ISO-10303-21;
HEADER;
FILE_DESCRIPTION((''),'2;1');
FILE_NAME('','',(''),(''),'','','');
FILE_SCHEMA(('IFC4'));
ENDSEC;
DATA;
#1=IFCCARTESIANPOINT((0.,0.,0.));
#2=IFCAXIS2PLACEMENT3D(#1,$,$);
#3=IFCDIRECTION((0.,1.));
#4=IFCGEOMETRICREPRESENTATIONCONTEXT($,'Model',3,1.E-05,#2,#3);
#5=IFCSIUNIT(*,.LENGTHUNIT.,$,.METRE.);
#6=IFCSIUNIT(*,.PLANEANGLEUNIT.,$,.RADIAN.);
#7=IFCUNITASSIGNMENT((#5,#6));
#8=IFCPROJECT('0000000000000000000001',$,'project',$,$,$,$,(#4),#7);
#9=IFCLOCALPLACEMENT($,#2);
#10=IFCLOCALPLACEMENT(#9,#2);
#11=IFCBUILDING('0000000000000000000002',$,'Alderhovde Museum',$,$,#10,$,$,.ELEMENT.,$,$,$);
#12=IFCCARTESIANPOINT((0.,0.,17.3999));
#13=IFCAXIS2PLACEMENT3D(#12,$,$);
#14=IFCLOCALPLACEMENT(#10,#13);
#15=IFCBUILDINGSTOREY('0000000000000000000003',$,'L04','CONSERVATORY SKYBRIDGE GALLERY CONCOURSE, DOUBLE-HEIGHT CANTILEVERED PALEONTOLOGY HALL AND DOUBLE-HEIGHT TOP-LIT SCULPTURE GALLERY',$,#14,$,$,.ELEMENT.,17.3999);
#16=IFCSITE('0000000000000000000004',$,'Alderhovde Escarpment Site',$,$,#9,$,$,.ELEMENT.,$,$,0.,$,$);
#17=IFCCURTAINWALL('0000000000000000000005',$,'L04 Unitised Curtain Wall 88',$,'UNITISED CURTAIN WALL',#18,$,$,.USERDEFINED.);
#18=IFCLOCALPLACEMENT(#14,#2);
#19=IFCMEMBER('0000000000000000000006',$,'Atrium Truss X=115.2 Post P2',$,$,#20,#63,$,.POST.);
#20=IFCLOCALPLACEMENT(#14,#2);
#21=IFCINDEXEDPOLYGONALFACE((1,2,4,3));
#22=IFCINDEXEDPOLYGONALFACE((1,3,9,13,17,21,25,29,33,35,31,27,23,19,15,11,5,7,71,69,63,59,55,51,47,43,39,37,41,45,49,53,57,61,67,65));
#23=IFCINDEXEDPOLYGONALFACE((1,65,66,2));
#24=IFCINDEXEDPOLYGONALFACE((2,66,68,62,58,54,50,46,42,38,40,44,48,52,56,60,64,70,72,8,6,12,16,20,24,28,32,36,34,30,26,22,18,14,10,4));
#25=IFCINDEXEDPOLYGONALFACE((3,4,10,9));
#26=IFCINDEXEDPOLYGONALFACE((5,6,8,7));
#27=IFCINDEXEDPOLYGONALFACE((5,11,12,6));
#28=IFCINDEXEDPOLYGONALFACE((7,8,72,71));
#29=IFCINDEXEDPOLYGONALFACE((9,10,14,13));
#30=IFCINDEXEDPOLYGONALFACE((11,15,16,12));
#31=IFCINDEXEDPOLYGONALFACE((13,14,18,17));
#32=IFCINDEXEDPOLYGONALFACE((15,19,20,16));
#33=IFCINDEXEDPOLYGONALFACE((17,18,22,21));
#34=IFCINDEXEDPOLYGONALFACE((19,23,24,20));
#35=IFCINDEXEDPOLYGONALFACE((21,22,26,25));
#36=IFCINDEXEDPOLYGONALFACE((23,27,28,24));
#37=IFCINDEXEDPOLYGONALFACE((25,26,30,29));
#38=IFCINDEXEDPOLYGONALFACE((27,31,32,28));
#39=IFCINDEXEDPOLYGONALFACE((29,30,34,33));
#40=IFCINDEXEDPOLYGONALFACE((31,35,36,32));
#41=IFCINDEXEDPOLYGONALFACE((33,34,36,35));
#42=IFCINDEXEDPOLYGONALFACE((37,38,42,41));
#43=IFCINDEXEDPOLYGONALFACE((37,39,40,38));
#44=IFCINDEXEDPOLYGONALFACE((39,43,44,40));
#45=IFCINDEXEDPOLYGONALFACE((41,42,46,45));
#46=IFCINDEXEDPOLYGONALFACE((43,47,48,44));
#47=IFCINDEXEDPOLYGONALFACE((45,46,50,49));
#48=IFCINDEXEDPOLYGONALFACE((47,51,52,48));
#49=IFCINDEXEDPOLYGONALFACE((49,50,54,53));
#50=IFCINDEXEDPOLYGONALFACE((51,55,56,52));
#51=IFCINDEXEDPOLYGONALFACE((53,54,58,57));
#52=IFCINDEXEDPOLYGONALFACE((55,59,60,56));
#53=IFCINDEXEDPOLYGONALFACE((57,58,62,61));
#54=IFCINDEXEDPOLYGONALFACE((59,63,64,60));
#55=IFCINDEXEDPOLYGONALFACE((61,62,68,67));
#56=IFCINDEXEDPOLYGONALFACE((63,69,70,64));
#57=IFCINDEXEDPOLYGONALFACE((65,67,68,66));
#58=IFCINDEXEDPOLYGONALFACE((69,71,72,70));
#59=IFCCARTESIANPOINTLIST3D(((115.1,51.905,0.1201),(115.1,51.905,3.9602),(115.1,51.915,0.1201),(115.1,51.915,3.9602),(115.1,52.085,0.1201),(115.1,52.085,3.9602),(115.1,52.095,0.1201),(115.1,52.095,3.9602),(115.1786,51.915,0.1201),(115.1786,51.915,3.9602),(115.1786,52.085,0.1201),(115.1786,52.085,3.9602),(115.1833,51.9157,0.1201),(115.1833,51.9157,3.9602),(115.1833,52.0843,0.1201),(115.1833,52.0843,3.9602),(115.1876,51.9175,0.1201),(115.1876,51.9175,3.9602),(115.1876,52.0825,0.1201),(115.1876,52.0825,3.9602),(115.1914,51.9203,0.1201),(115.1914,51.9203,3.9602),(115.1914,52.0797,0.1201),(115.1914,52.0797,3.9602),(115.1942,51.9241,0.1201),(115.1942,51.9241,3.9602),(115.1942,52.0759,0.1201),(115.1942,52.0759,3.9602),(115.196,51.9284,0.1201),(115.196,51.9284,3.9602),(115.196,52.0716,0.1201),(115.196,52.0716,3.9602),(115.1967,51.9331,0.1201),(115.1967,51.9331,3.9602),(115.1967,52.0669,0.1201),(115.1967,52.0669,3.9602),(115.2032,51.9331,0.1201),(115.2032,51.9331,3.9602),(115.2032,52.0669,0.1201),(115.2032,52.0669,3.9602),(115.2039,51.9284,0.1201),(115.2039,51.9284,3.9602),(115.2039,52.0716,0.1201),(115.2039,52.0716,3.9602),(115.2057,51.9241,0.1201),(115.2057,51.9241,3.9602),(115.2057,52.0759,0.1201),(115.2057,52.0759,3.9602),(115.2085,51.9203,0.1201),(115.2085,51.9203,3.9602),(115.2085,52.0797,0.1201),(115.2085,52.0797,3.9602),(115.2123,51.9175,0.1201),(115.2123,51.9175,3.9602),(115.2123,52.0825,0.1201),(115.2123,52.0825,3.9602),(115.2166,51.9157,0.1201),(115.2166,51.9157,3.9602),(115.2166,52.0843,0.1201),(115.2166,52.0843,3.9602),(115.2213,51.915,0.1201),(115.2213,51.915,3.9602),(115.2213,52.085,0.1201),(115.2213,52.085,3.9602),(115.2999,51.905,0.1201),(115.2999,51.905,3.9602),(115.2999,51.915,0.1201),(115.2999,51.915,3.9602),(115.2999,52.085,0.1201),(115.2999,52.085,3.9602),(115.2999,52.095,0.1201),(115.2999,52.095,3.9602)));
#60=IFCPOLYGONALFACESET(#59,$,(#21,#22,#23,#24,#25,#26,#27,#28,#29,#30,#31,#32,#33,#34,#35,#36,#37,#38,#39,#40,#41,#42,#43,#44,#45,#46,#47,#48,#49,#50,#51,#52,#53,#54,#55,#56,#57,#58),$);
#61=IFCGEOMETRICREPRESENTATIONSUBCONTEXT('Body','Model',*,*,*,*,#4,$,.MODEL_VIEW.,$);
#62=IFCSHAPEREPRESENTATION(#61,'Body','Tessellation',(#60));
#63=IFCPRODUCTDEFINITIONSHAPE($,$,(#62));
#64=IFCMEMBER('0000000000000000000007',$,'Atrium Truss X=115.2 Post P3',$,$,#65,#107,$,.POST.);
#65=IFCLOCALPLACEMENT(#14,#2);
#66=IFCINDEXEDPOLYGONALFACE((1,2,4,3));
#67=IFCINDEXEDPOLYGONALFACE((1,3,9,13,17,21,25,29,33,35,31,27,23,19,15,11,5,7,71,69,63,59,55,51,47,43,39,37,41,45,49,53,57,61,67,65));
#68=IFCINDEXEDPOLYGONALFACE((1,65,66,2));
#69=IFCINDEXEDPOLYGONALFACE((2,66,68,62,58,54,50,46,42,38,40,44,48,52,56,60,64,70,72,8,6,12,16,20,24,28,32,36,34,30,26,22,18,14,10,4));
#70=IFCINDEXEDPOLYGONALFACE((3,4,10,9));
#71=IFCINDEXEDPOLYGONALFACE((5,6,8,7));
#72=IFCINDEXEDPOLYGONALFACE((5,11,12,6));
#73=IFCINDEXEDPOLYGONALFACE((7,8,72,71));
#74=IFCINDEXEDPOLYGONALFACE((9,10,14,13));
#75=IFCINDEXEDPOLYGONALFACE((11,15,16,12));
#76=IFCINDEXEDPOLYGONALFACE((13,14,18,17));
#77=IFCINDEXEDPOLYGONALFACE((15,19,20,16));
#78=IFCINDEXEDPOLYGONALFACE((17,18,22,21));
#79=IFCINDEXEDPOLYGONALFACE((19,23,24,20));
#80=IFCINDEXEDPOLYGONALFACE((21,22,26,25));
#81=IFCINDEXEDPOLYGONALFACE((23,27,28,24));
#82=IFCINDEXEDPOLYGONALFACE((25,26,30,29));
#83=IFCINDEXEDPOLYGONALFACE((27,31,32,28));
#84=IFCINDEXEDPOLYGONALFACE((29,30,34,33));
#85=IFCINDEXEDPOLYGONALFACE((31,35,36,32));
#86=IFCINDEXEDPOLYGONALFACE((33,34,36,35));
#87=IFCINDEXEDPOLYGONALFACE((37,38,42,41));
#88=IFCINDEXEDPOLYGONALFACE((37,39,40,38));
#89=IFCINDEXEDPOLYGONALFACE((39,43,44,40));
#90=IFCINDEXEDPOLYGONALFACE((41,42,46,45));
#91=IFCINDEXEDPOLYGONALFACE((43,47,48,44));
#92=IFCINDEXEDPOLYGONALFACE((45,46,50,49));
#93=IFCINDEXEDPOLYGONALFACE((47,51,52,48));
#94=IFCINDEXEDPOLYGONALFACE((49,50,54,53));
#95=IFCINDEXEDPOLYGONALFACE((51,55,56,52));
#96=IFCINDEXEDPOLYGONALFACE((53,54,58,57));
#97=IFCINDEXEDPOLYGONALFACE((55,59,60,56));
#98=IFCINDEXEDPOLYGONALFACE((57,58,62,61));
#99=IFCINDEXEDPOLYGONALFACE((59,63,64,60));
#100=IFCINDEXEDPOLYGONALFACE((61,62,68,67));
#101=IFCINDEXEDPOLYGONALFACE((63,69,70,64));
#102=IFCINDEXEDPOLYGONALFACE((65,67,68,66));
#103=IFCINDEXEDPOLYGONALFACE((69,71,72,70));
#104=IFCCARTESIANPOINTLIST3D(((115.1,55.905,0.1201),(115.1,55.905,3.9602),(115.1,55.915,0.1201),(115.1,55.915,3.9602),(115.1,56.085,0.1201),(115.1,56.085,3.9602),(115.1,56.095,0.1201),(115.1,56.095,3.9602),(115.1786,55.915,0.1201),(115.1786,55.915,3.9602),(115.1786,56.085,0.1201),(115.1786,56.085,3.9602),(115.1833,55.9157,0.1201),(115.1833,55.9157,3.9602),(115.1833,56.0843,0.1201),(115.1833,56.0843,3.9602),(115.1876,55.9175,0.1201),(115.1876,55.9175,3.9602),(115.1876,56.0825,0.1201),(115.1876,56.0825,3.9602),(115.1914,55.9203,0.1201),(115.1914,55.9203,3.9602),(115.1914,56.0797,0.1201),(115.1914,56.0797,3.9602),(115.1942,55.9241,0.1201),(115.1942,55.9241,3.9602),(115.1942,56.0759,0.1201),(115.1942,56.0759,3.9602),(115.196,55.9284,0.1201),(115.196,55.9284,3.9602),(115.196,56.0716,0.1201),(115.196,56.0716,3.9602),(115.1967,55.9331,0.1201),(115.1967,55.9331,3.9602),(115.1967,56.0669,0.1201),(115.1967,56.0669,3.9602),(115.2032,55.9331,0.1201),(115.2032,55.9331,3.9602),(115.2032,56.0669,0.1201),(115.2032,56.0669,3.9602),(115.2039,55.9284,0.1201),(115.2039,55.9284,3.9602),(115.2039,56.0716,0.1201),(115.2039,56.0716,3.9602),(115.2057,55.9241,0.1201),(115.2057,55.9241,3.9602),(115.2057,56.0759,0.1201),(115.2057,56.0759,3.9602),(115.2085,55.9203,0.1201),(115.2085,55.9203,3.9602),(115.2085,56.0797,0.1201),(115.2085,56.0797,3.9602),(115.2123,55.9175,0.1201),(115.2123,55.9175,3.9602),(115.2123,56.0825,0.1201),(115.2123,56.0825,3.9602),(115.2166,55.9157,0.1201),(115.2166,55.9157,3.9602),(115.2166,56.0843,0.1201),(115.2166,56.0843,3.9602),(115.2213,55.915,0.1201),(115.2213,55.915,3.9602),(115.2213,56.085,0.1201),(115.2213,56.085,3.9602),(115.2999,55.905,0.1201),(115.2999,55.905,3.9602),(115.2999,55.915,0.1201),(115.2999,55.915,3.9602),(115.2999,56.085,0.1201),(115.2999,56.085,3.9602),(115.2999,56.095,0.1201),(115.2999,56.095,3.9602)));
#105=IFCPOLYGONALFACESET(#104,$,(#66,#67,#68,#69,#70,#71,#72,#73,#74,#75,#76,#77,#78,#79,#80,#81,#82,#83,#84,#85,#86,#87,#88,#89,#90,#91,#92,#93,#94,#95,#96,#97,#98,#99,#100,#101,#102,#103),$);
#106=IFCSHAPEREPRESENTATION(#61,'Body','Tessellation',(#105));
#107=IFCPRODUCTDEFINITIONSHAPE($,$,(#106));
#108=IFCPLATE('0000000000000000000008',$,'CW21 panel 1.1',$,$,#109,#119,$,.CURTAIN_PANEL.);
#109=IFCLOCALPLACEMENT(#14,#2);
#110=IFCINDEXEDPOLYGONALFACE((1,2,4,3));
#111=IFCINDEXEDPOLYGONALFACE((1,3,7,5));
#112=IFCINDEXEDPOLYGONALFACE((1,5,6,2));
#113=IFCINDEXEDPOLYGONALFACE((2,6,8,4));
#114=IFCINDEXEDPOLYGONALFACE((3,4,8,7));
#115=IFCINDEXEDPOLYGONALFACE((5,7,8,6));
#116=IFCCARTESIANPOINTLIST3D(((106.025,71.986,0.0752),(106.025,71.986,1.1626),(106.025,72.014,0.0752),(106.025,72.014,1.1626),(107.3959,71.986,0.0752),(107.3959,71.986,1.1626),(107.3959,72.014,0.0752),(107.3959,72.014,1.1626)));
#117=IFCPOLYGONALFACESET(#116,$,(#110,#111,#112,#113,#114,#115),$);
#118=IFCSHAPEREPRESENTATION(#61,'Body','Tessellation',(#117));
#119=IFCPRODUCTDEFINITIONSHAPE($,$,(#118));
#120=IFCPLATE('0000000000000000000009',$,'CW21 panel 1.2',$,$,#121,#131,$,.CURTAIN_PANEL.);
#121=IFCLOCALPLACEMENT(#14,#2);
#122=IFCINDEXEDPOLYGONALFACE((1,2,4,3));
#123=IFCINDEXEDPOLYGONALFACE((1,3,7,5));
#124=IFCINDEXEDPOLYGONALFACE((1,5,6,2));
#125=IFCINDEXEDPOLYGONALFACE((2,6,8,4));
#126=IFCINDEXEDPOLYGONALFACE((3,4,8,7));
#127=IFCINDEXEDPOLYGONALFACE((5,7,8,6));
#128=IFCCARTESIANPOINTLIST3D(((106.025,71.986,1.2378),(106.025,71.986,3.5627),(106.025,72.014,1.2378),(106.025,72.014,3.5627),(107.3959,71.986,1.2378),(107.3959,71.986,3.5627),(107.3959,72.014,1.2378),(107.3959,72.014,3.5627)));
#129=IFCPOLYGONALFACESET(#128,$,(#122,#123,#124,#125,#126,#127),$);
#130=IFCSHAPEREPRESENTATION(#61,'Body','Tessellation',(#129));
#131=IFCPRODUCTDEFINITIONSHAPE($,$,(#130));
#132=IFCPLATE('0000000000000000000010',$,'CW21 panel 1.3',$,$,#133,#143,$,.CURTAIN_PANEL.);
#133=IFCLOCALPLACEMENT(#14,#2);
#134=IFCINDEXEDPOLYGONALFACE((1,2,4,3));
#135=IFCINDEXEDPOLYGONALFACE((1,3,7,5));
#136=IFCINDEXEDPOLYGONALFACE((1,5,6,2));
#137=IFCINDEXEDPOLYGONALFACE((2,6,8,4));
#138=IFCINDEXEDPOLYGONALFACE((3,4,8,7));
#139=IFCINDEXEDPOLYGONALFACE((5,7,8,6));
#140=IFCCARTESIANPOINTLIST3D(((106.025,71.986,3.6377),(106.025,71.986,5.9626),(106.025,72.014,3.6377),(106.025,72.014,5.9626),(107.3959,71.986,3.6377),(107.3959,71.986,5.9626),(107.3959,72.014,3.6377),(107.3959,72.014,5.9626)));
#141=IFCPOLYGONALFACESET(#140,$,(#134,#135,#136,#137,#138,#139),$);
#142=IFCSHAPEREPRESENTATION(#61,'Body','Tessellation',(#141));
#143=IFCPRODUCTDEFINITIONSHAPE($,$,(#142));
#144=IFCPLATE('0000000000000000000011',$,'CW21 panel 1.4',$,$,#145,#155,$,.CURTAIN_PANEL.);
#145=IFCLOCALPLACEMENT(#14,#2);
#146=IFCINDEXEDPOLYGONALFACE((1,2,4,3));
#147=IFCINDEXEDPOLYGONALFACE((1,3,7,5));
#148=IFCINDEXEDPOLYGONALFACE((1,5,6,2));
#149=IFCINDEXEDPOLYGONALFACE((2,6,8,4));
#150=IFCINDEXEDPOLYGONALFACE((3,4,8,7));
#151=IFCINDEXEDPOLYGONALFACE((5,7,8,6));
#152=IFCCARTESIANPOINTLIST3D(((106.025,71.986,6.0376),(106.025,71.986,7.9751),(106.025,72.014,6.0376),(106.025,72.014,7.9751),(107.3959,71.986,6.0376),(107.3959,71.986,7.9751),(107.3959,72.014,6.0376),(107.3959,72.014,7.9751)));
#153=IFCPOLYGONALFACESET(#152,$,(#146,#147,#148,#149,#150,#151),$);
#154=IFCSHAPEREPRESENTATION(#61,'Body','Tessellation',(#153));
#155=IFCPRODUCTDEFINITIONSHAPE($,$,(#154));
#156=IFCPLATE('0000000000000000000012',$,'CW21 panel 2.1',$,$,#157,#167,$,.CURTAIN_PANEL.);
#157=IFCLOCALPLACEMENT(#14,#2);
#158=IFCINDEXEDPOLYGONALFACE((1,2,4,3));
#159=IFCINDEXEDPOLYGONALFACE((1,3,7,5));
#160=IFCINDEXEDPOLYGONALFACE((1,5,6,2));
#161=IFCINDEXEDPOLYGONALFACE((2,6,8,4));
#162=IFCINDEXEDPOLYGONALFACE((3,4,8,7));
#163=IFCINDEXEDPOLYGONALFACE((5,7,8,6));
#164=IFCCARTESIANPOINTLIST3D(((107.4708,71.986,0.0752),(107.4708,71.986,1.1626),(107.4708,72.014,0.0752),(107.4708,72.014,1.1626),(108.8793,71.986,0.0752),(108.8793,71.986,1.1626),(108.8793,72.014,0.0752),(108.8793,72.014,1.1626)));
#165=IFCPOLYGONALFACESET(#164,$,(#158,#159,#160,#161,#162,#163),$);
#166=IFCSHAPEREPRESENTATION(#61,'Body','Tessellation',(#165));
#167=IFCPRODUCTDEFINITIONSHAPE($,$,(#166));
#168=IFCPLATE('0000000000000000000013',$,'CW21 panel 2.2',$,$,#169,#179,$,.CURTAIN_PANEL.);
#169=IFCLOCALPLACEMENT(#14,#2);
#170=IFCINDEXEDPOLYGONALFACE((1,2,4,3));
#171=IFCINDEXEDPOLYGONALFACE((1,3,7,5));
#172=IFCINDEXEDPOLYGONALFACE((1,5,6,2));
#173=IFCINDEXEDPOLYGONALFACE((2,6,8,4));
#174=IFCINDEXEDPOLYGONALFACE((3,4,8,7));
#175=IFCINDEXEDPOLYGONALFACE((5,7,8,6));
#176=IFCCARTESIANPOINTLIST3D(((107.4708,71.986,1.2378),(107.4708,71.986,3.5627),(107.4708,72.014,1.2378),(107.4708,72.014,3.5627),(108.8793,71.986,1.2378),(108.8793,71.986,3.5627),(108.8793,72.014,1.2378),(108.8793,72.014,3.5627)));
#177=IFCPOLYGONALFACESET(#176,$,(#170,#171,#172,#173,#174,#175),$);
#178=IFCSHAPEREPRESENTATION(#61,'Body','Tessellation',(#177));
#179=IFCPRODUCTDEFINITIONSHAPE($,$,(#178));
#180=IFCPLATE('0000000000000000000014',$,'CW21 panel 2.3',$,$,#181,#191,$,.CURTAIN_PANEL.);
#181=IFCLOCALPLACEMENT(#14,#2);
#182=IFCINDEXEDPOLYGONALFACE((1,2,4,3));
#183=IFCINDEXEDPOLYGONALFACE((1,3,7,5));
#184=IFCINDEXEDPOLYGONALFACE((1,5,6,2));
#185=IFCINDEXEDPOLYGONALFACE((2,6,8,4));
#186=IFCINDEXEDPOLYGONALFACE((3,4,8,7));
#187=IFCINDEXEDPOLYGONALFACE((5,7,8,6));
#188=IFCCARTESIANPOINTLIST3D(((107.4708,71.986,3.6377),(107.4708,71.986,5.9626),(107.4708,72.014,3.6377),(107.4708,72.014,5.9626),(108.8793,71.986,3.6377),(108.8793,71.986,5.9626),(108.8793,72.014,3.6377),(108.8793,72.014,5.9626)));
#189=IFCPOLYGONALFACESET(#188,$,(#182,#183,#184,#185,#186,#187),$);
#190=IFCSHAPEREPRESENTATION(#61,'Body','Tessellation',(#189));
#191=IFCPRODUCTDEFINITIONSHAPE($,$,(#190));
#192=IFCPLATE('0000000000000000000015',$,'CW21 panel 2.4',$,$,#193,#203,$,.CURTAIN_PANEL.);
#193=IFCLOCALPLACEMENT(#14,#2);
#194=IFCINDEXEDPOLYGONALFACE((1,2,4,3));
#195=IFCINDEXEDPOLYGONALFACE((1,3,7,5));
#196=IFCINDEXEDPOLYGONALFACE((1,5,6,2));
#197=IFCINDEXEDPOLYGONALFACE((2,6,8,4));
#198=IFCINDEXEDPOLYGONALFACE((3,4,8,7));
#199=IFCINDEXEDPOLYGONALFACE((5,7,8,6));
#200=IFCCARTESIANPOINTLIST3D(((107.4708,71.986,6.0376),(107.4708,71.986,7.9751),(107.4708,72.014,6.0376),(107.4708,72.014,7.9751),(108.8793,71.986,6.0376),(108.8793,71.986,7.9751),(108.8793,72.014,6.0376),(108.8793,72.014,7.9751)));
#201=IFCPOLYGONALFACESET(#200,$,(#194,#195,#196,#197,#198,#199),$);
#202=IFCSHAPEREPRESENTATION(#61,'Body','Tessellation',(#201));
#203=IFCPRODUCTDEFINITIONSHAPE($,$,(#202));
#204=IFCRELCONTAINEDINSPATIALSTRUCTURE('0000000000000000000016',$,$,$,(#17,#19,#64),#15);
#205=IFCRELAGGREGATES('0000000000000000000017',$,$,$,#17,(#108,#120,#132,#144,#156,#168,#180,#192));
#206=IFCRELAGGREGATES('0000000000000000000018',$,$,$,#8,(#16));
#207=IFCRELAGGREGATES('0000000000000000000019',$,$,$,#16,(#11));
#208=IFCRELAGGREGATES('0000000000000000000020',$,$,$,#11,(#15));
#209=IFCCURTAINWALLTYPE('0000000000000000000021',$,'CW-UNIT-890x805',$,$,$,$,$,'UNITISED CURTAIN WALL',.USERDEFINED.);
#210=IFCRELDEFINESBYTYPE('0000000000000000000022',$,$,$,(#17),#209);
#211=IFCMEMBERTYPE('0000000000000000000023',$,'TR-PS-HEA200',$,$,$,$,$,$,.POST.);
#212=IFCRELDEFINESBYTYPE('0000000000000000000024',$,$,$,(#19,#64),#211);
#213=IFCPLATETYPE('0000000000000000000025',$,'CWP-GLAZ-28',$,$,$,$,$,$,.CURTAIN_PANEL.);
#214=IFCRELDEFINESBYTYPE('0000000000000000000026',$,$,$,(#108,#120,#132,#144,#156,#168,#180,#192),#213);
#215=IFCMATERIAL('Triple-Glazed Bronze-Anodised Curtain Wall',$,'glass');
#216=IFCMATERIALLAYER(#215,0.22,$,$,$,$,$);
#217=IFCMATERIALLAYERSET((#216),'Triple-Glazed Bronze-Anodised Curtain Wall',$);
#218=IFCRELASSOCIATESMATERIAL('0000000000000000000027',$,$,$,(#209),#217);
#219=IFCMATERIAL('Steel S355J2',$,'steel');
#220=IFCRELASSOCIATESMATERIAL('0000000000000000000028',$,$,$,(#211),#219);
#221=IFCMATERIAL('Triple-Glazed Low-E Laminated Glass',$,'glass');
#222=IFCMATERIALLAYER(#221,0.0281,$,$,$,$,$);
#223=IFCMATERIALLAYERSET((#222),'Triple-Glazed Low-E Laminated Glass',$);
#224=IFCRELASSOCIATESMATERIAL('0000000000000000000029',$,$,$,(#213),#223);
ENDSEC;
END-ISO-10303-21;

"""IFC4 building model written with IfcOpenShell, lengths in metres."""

from ifc_helpers import new_model, si_unit, direction, frame, origin, origin_2d, place, context, subcontext, project, spatial, rectangle, i_section, extrude, material, layer, layer_set, material_profile, profile_set, type_object, element, aggregate, save


model = new_model("IFC4")

# Units and contexts
model_context = context("Model", 3, precision=1e-05, world=origin(), true_north=direction((0.0, 1.0)))
body_context = subcontext(model_context, "Body", "Model", "MODEL_VIEW")
ifc_project = project(units=[si_unit("LENGTHUNIT", "METRE"), si_unit("PLANEANGLEUNIT", "RADIAN")], contexts=[model_context])

# Site, building, storey
site_placement = place(None, origin())
site = spatial("IfcSite", under=ifc_project, at=site_placement, Name="Alderhovde Escarpment Site", CompositionType="ELEMENT", RefElevation=0.0)
building_placement = place(site_placement, origin())
building = spatial("IfcBuilding", under=site, at=building_placement, Name="Alderhovde Museum", CompositionType="ELEMENT")
storey_placement = place(building_placement, frame((0.0, 0.0, 17.3999)))
storey = spatial("IfcBuildingStorey", under=building, at=storey_placement, Name="L04", Description="CONSERVATORY SKYBRIDGE GALLERY CONCOURSE, DOUBLE-HEIGHT CANTILEVERED PALEONTOLOGY HALL AND DOUBLE-HEIGHT TOP-LIT SCULPTURE GALLERY", CompositionType="ELEMENT", Elevation=17.3999)

# Curtain wall
ifc_material_1 = material(Name="Triple-Glazed Bronze-Anodised Curtain Wall", Category="glass")
ifc_layer_1 = layer(ifc_material_1, 0.22)
ifc_layer_set_1 = layer_set([ifc_layer_1], Name="Triple-Glazed Bronze-Anodised Curtain Wall")
curtain_wall_type = type_object("IfcCurtainWallType", Name="CW-UNIT-890x805", ElementType="UNITISED CURTAIN WALL", PredefinedType="USERDEFINED", material=ifc_layer_set_1)
curtain_wall_placement = place(storey_placement, origin())
curtain_wall = element("IfcCurtainWall", 1, at=curtain_wall_placement, inside=storey, type_object=curtain_wall_type, Name="L04 Unitised Curtain Wall 88", ObjectType="UNITISED CURTAIN WALL", PredefinedType="USERDEFINED")

# Members
ifc_material_2 = material(Name="Steel S355J2", Category="steel")
ifc_material_profile_1 = material_profile(ifc_material_2, i_section(OverallWidth=0.2, OverallDepth=0.1899, WebThickness=0.0066, FlangeThickness=0.01, FilletRadius=0.0181, at=origin_2d()), Name="HEA 200")
ifc_profile_set_1 = profile_set([ifc_material_profile_1], Name="Steel S355J2")
member_type_1 = type_object("IfcMemberType", Name="TR-PS-HEA200", PredefinedType="POST", material=ifc_profile_set_1)
for number, where, z_axis, x_axis, name in (
    (2, (115.2, 52.0, 0.1201), (0.0, 0.0, 1.0), (1.0, 0.0, 0.0), "Atrium Truss X=115.2 Post P2"),
    (3, (115.2, 56.0, 0.1201), (0.0, 0.0, 1.0), (1.0, 0.0, 0.0), "Atrium Truss X=115.2 Post P3"),
):
    element("IfcMember", number, at=place(storey_placement, frame(where, z_axis=z_axis, x_axis=x_axis)), inside=storey, type_object=member_type_1, Name=name, PredefinedType="POST", context=body_context, shape_type="SweptSolid", body=[
        extrude(i_section(OverallWidth=0.2, OverallDepth=0.1899, WebThickness=0.0066, FlangeThickness=0.01, FilletRadius=0.0181, at=origin_2d()), origin(), (0.0, 0.0, 1.0), 3.8401),
    ])

# Plates
ifc_material_3 = material(Name="Triple-Glazed Low-E Laminated Glass", Category="glass")
ifc_layer_2 = layer(ifc_material_3, 0.0281)
ifc_layer_set_2 = layer_set([ifc_layer_2], Name="Triple-Glazed Low-E Laminated Glass")
plate_type_1 = type_object("IfcPlateType", Name="CWP-GLAZ-28", PredefinedType="CURTAIN_PANEL", material=ifc_layer_set_2)
plate_1_placement = place(storey_placement, frame((106.7104, 72.0, 0.0752), z_axis=(0.0, 0.0, 1.0), x_axis=(1.0, 0.0, 0.0)))
plate_1 = element("IfcPlate", 4, at=plate_1_placement, type_object=plate_type_1, Name="CW21 panel 1.1", PredefinedType="CURTAIN_PANEL", context=body_context, shape_type="SweptSolid", body=[
    extrude(rectangle(XDim=1.3708, YDim=0.0281, at=origin_2d()), origin(), (0.0, 0.0, 1.0), 1.0874),
])
plate_2_placement = place(storey_placement, frame((106.7104, 72.0, 1.2378), z_axis=(0.0, 0.0, 1.0), x_axis=(1.0, 0.0, 0.0)))
plate_2 = element("IfcPlate", 5, at=plate_2_placement, type_object=plate_type_1, Name="CW21 panel 1.2", PredefinedType="CURTAIN_PANEL", context=body_context, shape_type="SweptSolid", body=[
    extrude(rectangle(XDim=1.3708, YDim=0.0281, at=origin_2d()), origin(), (0.0, 0.0, 1.0), 2.325),
])
plate_3_placement = place(storey_placement, frame((106.7104, 72.0, 3.6377), z_axis=(0.0, 0.0, 1.0), x_axis=(1.0, 0.0, 0.0)))
plate_3 = element("IfcPlate", 6, at=plate_3_placement, type_object=plate_type_1, Name="CW21 panel 1.3", PredefinedType="CURTAIN_PANEL", context=body_context, shape_type="SweptSolid", body=[
    extrude(rectangle(XDim=1.3708, YDim=0.0281, at=origin_2d()), origin(), (0.0, 0.0, 1.0), 2.325),
])
plate_4_placement = place(storey_placement, frame((106.7104, 72.0, 6.0376), z_axis=(0.0, 0.0, 1.0), x_axis=(1.0, 0.0, 0.0)))
plate_4 = element("IfcPlate", 7, at=plate_4_placement, type_object=plate_type_1, Name="CW21 panel 1.4", PredefinedType="CURTAIN_PANEL", context=body_context, shape_type="SweptSolid", body=[
    extrude(rectangle(XDim=1.3708, YDim=0.0281, at=origin_2d()), origin(), (0.0, 0.0, 1.0), 1.9375),
])
plate_5_placement = place(storey_placement, frame((108.175, 72.0, 0.0752), z_axis=(0.0, 0.0, 1.0), x_axis=(1.0, 0.0, 0.0)))
plate_5 = element("IfcPlate", 8, at=plate_5_placement, type_object=plate_type_1, Name="CW21 panel 2.1", PredefinedType="CURTAIN_PANEL", context=body_context, shape_type="SweptSolid", body=[
    extrude(rectangle(XDim=1.4084, YDim=0.0281, at=origin_2d()), origin(), (0.0, 0.0, 1.0), 1.0874),
])
plate_6_placement = place(storey_placement, frame((108.175, 72.0, 1.2378), z_axis=(0.0, 0.0, 1.0), x_axis=(1.0, 0.0, 0.0)))
plate_6 = element("IfcPlate", 9, at=plate_6_placement, type_object=plate_type_1, Name="CW21 panel 2.2", PredefinedType="CURTAIN_PANEL", context=body_context, shape_type="SweptSolid", body=[
    extrude(rectangle(XDim=1.4084, YDim=0.0281, at=origin_2d()), origin(), (0.0, 0.0, 1.0), 2.325),
])
plate_7_placement = place(storey_placement, frame((108.175, 72.0, 3.6377), z_axis=(0.0, 0.0, 1.0), x_axis=(1.0, 0.0, 0.0)))
plate_7 = element("IfcPlate", 10, at=plate_7_placement, type_object=plate_type_1, Name="CW21 panel 2.3", PredefinedType="CURTAIN_PANEL", context=body_context, shape_type="SweptSolid", body=[
    extrude(rectangle(XDim=1.4084, YDim=0.0281, at=origin_2d()), origin(), (0.0, 0.0, 1.0), 2.325),
])
plate_8_placement = place(storey_placement, frame((108.175, 72.0, 6.0376), z_axis=(0.0, 0.0, 1.0), x_axis=(1.0, 0.0, 0.0)))
plate_8 = element("IfcPlate", 11, at=plate_8_placement, type_object=plate_type_1, Name="CW21 panel 2.4", PredefinedType="CURTAIN_PANEL", context=body_context, shape_type="SweptSolid", body=[
    extrude(rectangle(XDim=1.4084, YDim=0.0281, at=origin_2d()), origin(), (0.0, 0.0, 1.0), 1.9375),
])
aggregate(curtain_wall, [plate_1, plate_2, plate_3, plate_4, plate_5, plate_6, plate_7, plate_8])

save(model, "model.ifc")
